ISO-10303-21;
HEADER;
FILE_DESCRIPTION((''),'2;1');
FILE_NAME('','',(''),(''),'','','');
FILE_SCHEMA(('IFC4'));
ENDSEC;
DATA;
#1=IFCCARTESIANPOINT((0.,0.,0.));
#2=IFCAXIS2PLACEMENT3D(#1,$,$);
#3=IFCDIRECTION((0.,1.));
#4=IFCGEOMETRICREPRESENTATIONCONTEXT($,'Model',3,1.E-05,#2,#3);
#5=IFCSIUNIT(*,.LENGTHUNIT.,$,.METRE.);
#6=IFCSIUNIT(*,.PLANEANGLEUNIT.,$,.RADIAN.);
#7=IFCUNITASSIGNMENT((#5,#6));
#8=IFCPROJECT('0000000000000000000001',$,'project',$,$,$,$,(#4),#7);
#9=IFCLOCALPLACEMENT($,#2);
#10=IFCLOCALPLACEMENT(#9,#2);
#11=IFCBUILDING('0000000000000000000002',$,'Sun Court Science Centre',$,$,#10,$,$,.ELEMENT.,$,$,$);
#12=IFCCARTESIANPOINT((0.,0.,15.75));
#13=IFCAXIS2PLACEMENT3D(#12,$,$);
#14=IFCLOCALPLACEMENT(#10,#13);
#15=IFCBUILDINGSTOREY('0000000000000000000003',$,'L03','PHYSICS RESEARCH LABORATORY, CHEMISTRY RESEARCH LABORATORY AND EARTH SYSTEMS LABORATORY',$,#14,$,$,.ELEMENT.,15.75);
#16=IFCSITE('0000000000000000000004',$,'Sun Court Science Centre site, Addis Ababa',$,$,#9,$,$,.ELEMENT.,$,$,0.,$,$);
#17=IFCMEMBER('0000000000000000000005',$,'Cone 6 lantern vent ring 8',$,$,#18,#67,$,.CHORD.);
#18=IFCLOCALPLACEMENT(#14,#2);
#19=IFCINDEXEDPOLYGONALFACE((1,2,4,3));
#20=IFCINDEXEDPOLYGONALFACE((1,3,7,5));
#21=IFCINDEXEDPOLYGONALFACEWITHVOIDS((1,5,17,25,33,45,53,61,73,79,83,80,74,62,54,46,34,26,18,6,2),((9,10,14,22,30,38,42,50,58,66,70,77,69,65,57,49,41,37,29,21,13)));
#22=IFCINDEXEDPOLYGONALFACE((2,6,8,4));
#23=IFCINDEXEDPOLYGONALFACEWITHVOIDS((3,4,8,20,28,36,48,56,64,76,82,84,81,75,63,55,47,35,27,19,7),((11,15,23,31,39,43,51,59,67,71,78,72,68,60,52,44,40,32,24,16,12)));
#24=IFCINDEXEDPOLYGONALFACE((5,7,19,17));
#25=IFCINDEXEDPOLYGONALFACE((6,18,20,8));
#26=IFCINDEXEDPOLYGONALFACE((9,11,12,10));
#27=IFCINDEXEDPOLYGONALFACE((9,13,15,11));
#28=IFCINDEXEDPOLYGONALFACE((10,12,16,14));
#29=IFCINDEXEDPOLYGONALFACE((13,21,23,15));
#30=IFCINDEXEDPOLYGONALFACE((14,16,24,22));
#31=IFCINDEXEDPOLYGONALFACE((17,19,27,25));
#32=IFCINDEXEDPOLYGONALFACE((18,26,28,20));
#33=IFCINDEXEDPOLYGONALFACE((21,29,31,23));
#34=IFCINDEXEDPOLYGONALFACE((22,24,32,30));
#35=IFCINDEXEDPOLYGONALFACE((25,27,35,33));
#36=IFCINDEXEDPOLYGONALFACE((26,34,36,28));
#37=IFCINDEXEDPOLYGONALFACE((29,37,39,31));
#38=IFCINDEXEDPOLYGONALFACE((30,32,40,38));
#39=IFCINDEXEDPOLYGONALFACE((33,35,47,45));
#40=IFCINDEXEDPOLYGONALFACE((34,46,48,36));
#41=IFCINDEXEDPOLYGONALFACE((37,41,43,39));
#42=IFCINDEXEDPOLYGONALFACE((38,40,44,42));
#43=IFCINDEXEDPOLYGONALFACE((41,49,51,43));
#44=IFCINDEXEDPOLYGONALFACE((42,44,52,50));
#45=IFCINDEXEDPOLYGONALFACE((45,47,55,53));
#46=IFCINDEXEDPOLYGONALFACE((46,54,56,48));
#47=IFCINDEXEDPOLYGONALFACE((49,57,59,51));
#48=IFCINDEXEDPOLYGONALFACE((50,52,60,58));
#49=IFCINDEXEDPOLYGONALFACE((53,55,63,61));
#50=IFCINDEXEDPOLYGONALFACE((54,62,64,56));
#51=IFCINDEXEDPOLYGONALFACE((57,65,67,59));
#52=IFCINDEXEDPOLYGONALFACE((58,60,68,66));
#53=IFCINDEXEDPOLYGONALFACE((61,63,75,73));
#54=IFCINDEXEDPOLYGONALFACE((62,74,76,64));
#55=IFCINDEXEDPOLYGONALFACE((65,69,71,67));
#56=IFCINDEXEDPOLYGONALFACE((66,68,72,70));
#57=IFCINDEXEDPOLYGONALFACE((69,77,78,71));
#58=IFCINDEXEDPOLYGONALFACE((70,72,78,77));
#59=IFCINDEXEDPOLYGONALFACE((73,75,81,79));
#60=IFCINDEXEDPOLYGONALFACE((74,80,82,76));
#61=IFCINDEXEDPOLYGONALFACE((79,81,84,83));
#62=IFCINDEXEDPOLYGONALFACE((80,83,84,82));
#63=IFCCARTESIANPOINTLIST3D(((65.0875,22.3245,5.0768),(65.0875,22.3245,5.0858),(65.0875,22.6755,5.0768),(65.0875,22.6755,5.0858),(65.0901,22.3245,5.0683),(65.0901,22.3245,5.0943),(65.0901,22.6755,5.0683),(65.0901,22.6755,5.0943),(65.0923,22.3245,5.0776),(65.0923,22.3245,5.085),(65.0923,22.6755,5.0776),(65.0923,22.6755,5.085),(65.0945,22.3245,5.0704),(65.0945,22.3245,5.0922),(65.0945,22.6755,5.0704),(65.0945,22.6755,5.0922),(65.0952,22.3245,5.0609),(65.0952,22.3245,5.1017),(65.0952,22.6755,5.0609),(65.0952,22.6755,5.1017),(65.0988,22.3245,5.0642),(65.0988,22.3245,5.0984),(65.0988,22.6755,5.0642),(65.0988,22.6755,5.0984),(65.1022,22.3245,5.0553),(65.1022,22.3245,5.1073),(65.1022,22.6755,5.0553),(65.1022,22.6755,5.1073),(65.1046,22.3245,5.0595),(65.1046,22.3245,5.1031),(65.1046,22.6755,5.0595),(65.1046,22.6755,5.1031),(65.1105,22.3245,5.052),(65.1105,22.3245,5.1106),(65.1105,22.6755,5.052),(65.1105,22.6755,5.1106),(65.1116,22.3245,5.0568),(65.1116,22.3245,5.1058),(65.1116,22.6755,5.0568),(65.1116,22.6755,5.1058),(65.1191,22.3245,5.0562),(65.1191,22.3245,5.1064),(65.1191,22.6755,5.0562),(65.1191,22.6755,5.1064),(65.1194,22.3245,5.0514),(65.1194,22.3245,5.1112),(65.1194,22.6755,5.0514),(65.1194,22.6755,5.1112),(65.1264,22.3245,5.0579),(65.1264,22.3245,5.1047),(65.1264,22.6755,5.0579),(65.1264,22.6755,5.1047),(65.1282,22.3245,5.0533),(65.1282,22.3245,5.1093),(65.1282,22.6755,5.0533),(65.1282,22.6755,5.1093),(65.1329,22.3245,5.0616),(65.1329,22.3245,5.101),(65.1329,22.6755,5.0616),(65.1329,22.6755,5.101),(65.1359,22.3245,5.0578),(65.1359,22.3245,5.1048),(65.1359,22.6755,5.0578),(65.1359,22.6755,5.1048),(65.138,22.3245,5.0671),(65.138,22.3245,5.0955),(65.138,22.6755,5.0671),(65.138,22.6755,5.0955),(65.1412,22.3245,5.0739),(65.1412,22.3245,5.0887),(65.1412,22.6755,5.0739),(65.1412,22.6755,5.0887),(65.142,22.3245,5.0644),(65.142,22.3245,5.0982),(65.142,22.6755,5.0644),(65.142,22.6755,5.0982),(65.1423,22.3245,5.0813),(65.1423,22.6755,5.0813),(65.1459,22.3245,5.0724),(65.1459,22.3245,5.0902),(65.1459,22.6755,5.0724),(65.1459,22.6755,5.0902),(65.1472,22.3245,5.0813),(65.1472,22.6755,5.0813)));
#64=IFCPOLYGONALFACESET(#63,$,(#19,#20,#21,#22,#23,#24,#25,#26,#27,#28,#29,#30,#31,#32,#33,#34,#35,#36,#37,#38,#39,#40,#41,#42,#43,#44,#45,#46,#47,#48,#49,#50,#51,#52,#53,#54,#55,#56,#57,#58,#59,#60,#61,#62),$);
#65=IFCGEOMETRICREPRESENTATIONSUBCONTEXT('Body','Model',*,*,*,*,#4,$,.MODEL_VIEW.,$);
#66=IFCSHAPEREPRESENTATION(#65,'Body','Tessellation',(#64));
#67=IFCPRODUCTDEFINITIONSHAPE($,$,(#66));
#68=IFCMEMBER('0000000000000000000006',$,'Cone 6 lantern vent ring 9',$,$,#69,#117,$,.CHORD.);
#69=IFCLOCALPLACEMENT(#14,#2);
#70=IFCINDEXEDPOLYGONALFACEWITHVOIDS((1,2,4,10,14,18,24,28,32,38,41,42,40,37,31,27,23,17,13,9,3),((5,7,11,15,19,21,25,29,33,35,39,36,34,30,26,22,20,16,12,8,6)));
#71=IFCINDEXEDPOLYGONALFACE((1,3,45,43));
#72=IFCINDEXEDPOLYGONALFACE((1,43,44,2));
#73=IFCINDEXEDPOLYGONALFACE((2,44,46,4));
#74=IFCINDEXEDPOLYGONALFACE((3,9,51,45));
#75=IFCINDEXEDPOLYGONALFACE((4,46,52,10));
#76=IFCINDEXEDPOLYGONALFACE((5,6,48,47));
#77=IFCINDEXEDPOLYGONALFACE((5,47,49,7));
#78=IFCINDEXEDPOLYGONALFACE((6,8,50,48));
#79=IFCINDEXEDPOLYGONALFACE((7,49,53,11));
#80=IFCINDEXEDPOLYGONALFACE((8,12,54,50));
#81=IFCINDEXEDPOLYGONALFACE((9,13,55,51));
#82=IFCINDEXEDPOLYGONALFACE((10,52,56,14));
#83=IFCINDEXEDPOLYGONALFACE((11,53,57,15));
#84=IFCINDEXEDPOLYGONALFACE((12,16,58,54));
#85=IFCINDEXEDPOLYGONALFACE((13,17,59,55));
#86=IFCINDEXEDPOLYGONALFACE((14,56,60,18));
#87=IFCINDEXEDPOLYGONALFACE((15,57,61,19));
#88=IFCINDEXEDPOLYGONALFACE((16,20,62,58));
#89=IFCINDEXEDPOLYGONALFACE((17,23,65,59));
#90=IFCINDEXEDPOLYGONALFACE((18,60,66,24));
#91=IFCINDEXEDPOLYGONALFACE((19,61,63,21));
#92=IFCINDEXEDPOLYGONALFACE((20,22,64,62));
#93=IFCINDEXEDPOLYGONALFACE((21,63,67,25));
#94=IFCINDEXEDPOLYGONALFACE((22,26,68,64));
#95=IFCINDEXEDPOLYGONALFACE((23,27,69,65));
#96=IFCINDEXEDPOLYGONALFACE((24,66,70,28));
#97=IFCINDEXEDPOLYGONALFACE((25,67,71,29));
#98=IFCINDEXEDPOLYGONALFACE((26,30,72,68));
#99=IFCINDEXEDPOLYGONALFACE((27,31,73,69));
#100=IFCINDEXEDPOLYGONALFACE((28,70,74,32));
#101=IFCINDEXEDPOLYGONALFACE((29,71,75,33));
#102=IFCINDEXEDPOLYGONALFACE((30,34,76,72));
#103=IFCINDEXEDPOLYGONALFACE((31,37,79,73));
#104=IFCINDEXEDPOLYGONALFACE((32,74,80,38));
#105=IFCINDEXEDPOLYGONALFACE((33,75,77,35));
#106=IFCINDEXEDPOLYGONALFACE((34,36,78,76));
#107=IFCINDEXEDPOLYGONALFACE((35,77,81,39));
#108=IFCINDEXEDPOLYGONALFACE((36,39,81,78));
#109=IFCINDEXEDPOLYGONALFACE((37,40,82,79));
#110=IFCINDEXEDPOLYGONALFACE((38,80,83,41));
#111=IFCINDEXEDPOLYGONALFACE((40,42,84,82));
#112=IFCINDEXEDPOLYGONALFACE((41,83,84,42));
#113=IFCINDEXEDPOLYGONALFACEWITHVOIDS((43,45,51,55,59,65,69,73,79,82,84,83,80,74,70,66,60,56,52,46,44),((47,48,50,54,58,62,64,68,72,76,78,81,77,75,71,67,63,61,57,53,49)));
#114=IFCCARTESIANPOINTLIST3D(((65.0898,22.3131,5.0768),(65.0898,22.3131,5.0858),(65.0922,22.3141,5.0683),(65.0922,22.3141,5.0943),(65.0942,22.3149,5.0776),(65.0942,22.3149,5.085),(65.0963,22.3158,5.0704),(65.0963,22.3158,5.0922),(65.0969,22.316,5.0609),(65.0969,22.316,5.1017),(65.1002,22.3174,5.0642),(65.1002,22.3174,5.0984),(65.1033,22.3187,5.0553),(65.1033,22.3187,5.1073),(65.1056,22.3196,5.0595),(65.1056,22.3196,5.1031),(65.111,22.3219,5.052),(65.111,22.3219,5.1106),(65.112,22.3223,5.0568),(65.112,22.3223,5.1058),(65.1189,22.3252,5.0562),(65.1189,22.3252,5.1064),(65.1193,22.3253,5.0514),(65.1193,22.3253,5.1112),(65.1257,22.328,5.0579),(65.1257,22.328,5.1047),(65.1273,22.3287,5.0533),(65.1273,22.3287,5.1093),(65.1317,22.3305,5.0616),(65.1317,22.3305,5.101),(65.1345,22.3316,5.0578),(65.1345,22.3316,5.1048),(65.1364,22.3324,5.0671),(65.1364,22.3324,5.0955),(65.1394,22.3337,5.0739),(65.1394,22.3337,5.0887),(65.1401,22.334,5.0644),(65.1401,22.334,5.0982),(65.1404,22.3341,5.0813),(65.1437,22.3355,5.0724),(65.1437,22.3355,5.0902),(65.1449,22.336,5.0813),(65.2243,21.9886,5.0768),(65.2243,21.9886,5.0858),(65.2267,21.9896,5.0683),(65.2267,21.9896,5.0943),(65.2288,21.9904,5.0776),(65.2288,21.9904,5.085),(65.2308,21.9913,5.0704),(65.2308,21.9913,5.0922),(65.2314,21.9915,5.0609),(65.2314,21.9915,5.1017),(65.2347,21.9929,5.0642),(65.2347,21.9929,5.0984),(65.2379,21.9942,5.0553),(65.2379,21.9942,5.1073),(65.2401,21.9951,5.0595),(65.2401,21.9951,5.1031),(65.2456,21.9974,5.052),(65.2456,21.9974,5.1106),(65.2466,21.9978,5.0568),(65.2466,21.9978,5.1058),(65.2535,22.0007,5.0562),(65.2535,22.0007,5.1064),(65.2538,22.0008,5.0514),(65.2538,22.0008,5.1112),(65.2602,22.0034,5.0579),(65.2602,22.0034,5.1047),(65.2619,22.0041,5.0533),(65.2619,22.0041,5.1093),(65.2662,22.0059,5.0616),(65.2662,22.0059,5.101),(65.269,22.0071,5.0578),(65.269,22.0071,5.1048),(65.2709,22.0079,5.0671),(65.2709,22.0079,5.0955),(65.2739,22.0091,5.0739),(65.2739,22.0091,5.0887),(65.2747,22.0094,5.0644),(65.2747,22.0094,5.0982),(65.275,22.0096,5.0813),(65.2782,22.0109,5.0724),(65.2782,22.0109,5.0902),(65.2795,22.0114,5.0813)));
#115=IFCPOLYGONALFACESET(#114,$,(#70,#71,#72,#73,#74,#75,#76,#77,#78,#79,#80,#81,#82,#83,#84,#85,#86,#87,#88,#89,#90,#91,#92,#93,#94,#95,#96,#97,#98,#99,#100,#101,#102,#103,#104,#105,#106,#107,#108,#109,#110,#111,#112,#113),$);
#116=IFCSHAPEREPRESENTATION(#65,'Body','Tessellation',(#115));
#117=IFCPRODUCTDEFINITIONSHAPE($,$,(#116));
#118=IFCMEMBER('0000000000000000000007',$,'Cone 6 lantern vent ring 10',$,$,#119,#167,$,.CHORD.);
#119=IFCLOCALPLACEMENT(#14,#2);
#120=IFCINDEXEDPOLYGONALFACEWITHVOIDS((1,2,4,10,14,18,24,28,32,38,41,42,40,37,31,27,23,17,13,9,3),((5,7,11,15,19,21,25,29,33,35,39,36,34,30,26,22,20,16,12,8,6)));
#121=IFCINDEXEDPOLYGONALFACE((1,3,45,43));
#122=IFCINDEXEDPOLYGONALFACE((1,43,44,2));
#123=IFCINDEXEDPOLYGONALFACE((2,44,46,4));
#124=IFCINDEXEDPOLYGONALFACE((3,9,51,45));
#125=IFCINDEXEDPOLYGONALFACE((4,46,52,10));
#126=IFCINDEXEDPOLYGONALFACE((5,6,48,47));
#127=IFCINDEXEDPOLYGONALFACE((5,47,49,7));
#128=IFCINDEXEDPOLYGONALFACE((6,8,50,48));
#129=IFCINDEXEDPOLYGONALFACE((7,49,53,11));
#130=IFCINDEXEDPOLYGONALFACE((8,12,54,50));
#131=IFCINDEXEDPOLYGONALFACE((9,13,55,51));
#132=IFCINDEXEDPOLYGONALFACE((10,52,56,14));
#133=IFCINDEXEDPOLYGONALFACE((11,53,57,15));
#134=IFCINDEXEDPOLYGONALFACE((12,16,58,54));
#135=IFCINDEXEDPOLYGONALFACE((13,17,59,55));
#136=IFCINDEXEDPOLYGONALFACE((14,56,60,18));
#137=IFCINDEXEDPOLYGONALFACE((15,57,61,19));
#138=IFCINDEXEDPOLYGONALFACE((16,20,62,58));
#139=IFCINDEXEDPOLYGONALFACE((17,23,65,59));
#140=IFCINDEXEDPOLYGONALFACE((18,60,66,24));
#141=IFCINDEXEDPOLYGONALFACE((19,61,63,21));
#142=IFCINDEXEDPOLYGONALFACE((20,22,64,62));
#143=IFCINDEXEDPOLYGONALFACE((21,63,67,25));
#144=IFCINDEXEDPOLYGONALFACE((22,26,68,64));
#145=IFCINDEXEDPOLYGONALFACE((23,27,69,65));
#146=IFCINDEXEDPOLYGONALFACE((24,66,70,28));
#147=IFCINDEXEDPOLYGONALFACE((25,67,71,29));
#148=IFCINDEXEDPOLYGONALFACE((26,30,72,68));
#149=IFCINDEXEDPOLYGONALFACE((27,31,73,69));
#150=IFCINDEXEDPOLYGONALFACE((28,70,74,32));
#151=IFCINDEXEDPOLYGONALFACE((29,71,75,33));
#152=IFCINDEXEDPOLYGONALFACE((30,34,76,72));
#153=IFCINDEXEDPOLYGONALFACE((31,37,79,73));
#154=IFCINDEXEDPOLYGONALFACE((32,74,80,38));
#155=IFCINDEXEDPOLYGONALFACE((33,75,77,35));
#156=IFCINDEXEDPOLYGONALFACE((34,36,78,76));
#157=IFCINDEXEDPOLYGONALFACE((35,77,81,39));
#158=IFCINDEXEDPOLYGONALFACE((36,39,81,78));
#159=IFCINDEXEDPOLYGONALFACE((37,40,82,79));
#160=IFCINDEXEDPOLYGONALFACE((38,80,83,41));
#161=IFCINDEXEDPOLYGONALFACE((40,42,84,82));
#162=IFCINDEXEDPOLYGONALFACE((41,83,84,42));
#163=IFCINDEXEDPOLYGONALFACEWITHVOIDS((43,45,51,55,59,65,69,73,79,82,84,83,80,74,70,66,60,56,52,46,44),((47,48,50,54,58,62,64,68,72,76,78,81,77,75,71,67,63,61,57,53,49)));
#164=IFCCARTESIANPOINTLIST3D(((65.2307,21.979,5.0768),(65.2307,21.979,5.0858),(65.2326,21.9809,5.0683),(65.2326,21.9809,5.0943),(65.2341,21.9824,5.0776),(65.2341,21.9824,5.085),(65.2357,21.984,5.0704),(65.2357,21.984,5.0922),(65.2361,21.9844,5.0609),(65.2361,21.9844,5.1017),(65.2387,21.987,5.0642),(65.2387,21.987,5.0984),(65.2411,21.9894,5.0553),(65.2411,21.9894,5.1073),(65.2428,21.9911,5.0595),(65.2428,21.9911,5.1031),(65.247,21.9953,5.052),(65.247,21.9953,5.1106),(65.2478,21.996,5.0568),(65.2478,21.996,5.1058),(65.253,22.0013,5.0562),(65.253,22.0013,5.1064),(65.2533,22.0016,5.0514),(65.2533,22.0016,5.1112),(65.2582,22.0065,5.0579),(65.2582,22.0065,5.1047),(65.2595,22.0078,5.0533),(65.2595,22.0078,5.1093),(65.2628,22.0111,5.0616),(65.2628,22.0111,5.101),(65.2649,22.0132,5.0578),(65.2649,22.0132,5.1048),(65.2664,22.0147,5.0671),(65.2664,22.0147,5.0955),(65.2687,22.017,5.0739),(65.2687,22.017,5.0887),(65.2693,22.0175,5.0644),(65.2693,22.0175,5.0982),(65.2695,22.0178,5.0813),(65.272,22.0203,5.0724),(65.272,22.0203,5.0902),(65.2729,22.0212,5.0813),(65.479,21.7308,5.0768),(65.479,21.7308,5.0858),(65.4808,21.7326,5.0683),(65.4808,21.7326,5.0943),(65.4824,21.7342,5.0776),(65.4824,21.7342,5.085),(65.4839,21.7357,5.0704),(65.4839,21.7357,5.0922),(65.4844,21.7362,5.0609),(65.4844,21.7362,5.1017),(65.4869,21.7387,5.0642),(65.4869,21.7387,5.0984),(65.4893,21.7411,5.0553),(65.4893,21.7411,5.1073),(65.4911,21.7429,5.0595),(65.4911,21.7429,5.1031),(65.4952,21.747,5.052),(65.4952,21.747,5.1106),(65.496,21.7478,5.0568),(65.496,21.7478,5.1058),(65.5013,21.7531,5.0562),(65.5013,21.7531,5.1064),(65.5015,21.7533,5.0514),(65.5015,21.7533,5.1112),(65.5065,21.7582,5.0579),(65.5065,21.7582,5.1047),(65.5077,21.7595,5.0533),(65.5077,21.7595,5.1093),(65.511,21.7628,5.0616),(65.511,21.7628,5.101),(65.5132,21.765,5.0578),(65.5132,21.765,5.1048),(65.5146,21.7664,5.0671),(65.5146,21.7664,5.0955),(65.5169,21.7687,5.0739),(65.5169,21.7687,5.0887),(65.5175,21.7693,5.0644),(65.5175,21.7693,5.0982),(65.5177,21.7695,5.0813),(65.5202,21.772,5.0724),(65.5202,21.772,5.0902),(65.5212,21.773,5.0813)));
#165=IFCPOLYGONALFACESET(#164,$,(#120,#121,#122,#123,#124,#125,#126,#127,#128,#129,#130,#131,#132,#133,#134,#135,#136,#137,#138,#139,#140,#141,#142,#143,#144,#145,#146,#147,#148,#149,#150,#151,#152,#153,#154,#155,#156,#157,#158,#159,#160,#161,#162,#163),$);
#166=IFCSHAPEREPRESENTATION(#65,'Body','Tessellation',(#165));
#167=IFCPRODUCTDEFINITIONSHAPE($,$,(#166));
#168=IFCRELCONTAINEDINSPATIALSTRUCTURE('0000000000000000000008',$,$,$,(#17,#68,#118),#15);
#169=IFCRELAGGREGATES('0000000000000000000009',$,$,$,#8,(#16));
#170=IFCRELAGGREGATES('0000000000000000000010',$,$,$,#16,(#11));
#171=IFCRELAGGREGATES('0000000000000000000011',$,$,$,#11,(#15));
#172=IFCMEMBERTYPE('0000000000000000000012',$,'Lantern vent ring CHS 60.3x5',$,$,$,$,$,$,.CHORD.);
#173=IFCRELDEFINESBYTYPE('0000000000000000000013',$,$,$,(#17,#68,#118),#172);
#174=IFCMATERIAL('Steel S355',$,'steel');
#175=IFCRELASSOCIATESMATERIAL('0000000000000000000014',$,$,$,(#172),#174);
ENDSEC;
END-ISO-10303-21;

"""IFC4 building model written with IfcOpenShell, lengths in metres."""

from ifc_helpers import new_model, si_unit, direction, frame, origin, origin_2d, place, context, subcontext, project, spatial, hollow_circle, extrude, material, material_profile, profile_set, type_object, element, save


model = new_model("IFC4")

# Units and contexts
model_context = context("Model", 3, precision=1e-05, world=origin(), true_north=direction((0.0, 1.0)))
body_context = subcontext(model_context, "Body", "Model", "MODEL_VIEW")
ifc_project = project(units=[si_unit("LENGTHUNIT", "METRE"), si_unit("PLANEANGLEUNIT", "RADIAN")], contexts=[model_context])

# Site, building, storey
site_placement = place(None, origin())
site = spatial("IfcSite", under=ifc_project, at=site_placement, Name="Sun Court Science Centre site, Addis Ababa", CompositionType="ELEMENT", RefElevation=0.0)
building_placement = place(site_placement, origin())
building = spatial("IfcBuilding", under=site, at=building_placement, Name="Sun Court Science Centre", CompositionType="ELEMENT")
storey_placement = place(building_placement, frame((0.0, 0.0, 15.75)))
storey = spatial("IfcBuildingStorey", under=building, at=storey_placement, Name="L03", Description="PHYSICS RESEARCH LABORATORY, CHEMISTRY RESEARCH LABORATORY AND EARTH SYSTEMS LABORATORY", CompositionType="ELEMENT", Elevation=15.75)

# Members
ifc_material_1 = material(Name="Steel S355", Category="steel")
ifc_material_profile_1 = material_profile(ifc_material_1, hollow_circle(Radius=0.03, WallThickness=0.0049, at=origin_2d()), Name="CHS 60.3x5")
ifc_profile_set_1 = profile_set([ifc_material_profile_1], Name="Steel S355")
member_type_1 = type_object("IfcMemberType", Name="Lantern vent ring CHS 60.3x5", PredefinedType="CHORD", material=ifc_profile_set_1)
member_1_placement = place(storey_placement, frame((65.1172, 22.6755, 5.0813), z_axis=(0.0, -1.0, 0.0), x_axis=(1.0, 0.0, 0.0)))
element("IfcMember", 1, at=member_1_placement, inside=storey, type_object=member_type_1, Name="Cone 6 lantern vent ring 8", PredefinedType="CHORD", context=body_context, shape_type="SweptSolid", body=[
    extrude(hollow_circle(Radius=0.03, WallThickness=0.0049, at=origin_2d()), origin(), (0.0, 0.0, 1.0), 0.3511),
])
member_2_placement = place(storey_placement, frame((65.1172, 22.3245, 5.0813), z_axis=(0.382986, -0.923754, 0.0), x_axis=(0.923754, 0.382986, 0.0)))
element("IfcMember", 2, at=member_2_placement, inside=storey, type_object=member_type_1, Name="Cone 6 lantern vent ring 9", PredefinedType="CHORD", context=body_context, shape_type="SweptSolid", body=[
    extrude(hollow_circle(Radius=0.03, WallThickness=0.0049, at=origin_2d()), origin(), (0.0, 0.0, 1.0), 0.3513),
])
member_3_placement = place(storey_placement, frame((65.2517, 22.0, 5.0813), z_axis=(0.707107, -0.707107, 0.0), x_axis=(0.707107, 0.707107, 0.0)))
element("IfcMember", 3, at=member_3_placement, inside=storey, type_object=member_type_1, Name="Cone 6 lantern vent ring 10", PredefinedType="CHORD", context=body_context, shape_type="SweptSolid", body=[
    extrude(hollow_circle(Radius=0.03, WallThickness=0.0049, at=origin_2d()), origin(), (0.0, 0.0, 1.0), 0.3511),
])

save(model, "model.ifc")
